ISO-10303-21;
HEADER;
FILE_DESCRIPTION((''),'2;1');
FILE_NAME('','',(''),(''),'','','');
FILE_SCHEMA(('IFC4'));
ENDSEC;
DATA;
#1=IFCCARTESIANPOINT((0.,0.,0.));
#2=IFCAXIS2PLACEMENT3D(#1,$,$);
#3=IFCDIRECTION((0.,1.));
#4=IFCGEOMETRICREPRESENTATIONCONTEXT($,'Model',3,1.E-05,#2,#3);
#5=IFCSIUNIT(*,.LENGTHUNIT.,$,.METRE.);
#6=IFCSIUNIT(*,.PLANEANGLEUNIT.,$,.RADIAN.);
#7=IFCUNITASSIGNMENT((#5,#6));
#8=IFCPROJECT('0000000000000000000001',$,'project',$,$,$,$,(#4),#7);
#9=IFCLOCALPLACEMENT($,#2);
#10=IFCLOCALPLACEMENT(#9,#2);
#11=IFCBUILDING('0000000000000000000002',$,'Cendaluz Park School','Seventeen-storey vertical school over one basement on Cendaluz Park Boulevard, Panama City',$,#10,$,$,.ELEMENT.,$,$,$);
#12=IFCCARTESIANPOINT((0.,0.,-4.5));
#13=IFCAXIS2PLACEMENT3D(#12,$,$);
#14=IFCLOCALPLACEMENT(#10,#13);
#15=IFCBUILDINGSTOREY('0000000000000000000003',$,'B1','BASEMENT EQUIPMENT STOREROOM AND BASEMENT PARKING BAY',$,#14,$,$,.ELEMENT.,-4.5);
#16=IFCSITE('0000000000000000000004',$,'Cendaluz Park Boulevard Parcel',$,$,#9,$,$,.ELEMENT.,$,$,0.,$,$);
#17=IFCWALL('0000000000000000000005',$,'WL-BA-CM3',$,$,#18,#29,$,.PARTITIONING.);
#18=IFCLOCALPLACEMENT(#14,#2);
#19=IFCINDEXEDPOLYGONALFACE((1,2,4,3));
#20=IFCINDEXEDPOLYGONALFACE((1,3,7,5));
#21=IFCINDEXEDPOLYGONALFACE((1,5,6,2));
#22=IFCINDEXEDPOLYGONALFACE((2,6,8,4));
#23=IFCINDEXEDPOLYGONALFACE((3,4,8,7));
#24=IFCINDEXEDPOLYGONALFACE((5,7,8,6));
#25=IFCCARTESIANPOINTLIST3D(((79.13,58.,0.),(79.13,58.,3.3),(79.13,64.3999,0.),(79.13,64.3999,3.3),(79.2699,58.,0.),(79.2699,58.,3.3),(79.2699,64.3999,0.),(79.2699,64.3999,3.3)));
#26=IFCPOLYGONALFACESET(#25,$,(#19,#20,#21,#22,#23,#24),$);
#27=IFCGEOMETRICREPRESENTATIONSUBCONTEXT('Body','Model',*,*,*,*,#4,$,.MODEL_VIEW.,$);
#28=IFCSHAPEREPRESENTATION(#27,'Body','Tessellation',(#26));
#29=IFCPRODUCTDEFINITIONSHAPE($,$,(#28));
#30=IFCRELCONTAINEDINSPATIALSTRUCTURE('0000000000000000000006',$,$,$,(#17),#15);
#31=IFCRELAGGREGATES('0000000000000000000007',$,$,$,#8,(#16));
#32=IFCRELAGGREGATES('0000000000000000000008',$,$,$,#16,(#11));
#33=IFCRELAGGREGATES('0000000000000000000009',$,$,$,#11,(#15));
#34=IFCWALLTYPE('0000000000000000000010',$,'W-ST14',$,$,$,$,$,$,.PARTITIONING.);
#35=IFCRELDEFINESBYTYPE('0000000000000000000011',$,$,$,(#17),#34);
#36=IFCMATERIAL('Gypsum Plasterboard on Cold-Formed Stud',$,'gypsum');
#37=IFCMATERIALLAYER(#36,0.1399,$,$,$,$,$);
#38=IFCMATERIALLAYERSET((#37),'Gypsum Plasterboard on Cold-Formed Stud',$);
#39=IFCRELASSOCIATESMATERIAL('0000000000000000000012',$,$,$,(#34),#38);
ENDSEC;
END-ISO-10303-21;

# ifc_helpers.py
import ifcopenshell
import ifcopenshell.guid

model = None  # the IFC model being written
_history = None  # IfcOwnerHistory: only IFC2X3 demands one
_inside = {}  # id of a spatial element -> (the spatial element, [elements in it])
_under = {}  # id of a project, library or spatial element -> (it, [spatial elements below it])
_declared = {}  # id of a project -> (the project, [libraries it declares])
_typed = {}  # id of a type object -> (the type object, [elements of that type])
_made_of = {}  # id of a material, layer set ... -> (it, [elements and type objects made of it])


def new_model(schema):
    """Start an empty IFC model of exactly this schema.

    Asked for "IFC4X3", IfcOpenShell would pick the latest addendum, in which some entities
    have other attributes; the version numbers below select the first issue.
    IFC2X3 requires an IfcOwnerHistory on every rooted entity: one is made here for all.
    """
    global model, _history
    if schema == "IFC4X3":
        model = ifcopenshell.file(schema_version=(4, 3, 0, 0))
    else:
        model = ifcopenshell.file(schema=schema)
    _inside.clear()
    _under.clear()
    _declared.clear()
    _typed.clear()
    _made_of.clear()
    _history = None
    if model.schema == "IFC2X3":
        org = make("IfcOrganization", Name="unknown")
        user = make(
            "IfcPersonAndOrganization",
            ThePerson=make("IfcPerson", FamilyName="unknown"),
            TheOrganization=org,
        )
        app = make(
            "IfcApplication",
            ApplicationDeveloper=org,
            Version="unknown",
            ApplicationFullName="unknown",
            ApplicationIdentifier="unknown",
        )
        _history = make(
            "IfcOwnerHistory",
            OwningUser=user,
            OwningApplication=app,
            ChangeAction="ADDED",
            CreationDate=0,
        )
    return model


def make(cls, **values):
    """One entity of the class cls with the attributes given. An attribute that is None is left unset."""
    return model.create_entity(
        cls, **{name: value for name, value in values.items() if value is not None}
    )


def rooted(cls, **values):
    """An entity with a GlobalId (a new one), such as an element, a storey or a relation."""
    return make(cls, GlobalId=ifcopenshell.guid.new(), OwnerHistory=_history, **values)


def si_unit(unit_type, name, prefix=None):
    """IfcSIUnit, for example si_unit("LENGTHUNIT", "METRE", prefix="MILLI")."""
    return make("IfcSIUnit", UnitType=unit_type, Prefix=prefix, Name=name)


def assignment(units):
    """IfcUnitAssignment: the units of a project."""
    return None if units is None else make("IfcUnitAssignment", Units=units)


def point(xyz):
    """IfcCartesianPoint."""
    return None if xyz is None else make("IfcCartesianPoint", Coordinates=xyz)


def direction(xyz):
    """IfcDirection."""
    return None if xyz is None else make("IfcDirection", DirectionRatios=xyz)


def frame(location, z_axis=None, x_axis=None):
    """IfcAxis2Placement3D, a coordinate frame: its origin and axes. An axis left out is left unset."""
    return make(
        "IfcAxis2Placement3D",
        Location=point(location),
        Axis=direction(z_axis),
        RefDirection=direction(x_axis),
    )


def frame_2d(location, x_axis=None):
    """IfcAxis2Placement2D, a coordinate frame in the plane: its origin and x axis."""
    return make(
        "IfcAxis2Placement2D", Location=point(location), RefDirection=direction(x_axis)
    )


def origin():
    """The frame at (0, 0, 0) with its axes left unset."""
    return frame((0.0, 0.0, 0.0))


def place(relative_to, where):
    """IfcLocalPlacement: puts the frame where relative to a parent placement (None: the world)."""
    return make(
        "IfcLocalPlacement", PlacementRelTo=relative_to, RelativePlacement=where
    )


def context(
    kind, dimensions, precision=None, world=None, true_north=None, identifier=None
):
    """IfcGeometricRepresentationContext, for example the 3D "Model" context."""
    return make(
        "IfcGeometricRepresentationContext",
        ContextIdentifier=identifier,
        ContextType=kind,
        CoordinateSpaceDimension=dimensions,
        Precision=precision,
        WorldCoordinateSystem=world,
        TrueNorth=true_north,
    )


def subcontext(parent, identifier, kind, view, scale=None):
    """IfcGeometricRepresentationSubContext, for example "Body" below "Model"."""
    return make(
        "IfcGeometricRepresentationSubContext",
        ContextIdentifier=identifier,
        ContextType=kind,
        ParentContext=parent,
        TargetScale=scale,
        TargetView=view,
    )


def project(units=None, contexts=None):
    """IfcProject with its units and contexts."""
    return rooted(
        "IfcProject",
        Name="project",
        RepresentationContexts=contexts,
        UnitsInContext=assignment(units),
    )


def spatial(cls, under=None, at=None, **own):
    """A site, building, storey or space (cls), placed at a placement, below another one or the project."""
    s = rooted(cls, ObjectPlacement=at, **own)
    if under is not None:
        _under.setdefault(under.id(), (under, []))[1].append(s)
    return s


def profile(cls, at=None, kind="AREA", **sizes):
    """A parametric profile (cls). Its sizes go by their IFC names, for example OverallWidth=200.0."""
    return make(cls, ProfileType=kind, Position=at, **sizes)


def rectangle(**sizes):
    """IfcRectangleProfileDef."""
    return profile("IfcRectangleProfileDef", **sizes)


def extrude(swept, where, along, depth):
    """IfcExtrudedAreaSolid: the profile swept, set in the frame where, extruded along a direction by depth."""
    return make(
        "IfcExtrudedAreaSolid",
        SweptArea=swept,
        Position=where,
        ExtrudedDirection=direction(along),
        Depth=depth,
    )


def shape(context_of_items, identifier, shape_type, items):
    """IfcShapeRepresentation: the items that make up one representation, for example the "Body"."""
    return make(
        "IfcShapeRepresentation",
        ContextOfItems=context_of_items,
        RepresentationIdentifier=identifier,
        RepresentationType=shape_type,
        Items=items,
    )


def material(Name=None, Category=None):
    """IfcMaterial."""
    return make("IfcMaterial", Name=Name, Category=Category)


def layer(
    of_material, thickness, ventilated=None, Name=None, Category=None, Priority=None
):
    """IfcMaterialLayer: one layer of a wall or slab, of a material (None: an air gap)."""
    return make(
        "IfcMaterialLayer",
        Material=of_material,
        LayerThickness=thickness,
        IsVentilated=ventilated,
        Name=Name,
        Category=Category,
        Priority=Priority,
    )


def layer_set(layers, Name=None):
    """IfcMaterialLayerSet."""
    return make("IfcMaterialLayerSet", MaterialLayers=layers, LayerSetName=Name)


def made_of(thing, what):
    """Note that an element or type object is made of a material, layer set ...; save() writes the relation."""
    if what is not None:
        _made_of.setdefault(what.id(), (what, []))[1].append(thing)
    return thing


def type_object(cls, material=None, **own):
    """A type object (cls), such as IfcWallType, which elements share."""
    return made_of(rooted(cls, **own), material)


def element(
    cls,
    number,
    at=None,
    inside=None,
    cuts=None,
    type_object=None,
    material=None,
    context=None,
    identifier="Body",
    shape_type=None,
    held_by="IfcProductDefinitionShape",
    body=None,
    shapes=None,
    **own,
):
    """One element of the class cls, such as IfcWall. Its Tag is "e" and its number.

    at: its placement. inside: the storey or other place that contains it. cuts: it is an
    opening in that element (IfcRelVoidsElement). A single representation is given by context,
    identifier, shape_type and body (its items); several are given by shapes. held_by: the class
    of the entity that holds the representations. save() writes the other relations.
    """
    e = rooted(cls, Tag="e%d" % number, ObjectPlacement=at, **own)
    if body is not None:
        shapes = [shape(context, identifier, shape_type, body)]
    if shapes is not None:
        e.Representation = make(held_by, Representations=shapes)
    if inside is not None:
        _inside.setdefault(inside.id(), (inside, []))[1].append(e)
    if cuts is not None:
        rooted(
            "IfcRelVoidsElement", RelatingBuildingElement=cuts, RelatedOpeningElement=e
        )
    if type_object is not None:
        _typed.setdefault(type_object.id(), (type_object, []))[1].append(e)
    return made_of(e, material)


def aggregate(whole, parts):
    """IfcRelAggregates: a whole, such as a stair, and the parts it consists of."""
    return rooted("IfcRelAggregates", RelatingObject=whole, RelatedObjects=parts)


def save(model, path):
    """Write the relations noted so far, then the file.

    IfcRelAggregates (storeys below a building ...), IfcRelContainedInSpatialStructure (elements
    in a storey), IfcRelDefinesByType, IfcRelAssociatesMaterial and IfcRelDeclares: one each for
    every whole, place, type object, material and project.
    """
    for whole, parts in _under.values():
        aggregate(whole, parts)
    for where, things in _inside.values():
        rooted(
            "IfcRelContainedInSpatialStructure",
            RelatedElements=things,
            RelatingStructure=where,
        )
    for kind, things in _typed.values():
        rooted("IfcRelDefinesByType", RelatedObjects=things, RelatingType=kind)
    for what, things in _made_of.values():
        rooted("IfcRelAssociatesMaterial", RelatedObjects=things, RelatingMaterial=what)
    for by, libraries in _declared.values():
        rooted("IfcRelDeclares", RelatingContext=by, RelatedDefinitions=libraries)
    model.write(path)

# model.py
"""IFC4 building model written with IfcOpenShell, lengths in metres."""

from ifc_helpers import new_model, si_unit, direction, frame, frame_2d, origin, place, context, subcontext, project, spatial, rectangle, extrude, material, layer, layer_set, type_object, element, save


model = new_model("IFC4")

# Units and contexts
model_context = context("Model", 3, precision=1e-05, world=origin(), true_north=direction((0.0, 1.0)))
body_context = subcontext(model_context, "Body", "Model", "MODEL_VIEW")
ifc_project = project(units=[si_unit("LENGTHUNIT", "METRE"), si_unit("PLANEANGLEUNIT", "RADIAN")], contexts=[model_context])

# Site, building, storey
site_placement = place(None, origin())
site = spatial("IfcSite", under=ifc_project, at=site_placement, Name="Cendaluz Park Boulevard Parcel", CompositionType="ELEMENT", RefElevation=0.0)
building_placement = place(site_placement, origin())
building = spatial("IfcBuilding", under=site, at=building_placement, Name="Cendaluz Park School", Description="Seventeen-storey vertical school over one basement on Cendaluz Park Boulevard, Panama City", CompositionType="ELEMENT")
storey_placement = place(building_placement, frame((0.0, 0.0, -4.5)))
storey = spatial("IfcBuildingStorey", under=building, at=storey_placement, Name="B1", Description="BASEMENT EQUIPMENT STOREROOM AND BASEMENT PARKING BAY", CompositionType="ELEMENT", Elevation=-4.5)

# Wall
ifc_material_1 = material(Name="Gypsum Plasterboard on Cold-Formed Stud", Category="gypsum")
ifc_layer = layer(ifc_material_1, 0.1399)
ifc_layer_set = layer_set([ifc_layer], Name="Gypsum Plasterboard on Cold-Formed Stud")
wall_type = type_object("IfcWallType", Name="W-ST14", PredefinedType="PARTITIONING", material=ifc_layer_set)
wall_placement = place(storey_placement, frame((79.2, 58.0, 0.0), z_axis=(0.0, 0.0, 1.0), x_axis=(0.0, 1.0, 0.0)))
element("IfcWall", 1, at=wall_placement, inside=storey, type_object=wall_type, Name="WL-BA-CM3", PredefinedType="PARTITIONING", context=body_context, shape_type="SweptSolid", body=[
    extrude(rectangle(XDim=6.3999, YDim=0.1399, at=frame_2d((3.2, 0.0))), origin(), (0.0, 0.0, 1.0), 3.3),
])

save(model, "model.ifc")
